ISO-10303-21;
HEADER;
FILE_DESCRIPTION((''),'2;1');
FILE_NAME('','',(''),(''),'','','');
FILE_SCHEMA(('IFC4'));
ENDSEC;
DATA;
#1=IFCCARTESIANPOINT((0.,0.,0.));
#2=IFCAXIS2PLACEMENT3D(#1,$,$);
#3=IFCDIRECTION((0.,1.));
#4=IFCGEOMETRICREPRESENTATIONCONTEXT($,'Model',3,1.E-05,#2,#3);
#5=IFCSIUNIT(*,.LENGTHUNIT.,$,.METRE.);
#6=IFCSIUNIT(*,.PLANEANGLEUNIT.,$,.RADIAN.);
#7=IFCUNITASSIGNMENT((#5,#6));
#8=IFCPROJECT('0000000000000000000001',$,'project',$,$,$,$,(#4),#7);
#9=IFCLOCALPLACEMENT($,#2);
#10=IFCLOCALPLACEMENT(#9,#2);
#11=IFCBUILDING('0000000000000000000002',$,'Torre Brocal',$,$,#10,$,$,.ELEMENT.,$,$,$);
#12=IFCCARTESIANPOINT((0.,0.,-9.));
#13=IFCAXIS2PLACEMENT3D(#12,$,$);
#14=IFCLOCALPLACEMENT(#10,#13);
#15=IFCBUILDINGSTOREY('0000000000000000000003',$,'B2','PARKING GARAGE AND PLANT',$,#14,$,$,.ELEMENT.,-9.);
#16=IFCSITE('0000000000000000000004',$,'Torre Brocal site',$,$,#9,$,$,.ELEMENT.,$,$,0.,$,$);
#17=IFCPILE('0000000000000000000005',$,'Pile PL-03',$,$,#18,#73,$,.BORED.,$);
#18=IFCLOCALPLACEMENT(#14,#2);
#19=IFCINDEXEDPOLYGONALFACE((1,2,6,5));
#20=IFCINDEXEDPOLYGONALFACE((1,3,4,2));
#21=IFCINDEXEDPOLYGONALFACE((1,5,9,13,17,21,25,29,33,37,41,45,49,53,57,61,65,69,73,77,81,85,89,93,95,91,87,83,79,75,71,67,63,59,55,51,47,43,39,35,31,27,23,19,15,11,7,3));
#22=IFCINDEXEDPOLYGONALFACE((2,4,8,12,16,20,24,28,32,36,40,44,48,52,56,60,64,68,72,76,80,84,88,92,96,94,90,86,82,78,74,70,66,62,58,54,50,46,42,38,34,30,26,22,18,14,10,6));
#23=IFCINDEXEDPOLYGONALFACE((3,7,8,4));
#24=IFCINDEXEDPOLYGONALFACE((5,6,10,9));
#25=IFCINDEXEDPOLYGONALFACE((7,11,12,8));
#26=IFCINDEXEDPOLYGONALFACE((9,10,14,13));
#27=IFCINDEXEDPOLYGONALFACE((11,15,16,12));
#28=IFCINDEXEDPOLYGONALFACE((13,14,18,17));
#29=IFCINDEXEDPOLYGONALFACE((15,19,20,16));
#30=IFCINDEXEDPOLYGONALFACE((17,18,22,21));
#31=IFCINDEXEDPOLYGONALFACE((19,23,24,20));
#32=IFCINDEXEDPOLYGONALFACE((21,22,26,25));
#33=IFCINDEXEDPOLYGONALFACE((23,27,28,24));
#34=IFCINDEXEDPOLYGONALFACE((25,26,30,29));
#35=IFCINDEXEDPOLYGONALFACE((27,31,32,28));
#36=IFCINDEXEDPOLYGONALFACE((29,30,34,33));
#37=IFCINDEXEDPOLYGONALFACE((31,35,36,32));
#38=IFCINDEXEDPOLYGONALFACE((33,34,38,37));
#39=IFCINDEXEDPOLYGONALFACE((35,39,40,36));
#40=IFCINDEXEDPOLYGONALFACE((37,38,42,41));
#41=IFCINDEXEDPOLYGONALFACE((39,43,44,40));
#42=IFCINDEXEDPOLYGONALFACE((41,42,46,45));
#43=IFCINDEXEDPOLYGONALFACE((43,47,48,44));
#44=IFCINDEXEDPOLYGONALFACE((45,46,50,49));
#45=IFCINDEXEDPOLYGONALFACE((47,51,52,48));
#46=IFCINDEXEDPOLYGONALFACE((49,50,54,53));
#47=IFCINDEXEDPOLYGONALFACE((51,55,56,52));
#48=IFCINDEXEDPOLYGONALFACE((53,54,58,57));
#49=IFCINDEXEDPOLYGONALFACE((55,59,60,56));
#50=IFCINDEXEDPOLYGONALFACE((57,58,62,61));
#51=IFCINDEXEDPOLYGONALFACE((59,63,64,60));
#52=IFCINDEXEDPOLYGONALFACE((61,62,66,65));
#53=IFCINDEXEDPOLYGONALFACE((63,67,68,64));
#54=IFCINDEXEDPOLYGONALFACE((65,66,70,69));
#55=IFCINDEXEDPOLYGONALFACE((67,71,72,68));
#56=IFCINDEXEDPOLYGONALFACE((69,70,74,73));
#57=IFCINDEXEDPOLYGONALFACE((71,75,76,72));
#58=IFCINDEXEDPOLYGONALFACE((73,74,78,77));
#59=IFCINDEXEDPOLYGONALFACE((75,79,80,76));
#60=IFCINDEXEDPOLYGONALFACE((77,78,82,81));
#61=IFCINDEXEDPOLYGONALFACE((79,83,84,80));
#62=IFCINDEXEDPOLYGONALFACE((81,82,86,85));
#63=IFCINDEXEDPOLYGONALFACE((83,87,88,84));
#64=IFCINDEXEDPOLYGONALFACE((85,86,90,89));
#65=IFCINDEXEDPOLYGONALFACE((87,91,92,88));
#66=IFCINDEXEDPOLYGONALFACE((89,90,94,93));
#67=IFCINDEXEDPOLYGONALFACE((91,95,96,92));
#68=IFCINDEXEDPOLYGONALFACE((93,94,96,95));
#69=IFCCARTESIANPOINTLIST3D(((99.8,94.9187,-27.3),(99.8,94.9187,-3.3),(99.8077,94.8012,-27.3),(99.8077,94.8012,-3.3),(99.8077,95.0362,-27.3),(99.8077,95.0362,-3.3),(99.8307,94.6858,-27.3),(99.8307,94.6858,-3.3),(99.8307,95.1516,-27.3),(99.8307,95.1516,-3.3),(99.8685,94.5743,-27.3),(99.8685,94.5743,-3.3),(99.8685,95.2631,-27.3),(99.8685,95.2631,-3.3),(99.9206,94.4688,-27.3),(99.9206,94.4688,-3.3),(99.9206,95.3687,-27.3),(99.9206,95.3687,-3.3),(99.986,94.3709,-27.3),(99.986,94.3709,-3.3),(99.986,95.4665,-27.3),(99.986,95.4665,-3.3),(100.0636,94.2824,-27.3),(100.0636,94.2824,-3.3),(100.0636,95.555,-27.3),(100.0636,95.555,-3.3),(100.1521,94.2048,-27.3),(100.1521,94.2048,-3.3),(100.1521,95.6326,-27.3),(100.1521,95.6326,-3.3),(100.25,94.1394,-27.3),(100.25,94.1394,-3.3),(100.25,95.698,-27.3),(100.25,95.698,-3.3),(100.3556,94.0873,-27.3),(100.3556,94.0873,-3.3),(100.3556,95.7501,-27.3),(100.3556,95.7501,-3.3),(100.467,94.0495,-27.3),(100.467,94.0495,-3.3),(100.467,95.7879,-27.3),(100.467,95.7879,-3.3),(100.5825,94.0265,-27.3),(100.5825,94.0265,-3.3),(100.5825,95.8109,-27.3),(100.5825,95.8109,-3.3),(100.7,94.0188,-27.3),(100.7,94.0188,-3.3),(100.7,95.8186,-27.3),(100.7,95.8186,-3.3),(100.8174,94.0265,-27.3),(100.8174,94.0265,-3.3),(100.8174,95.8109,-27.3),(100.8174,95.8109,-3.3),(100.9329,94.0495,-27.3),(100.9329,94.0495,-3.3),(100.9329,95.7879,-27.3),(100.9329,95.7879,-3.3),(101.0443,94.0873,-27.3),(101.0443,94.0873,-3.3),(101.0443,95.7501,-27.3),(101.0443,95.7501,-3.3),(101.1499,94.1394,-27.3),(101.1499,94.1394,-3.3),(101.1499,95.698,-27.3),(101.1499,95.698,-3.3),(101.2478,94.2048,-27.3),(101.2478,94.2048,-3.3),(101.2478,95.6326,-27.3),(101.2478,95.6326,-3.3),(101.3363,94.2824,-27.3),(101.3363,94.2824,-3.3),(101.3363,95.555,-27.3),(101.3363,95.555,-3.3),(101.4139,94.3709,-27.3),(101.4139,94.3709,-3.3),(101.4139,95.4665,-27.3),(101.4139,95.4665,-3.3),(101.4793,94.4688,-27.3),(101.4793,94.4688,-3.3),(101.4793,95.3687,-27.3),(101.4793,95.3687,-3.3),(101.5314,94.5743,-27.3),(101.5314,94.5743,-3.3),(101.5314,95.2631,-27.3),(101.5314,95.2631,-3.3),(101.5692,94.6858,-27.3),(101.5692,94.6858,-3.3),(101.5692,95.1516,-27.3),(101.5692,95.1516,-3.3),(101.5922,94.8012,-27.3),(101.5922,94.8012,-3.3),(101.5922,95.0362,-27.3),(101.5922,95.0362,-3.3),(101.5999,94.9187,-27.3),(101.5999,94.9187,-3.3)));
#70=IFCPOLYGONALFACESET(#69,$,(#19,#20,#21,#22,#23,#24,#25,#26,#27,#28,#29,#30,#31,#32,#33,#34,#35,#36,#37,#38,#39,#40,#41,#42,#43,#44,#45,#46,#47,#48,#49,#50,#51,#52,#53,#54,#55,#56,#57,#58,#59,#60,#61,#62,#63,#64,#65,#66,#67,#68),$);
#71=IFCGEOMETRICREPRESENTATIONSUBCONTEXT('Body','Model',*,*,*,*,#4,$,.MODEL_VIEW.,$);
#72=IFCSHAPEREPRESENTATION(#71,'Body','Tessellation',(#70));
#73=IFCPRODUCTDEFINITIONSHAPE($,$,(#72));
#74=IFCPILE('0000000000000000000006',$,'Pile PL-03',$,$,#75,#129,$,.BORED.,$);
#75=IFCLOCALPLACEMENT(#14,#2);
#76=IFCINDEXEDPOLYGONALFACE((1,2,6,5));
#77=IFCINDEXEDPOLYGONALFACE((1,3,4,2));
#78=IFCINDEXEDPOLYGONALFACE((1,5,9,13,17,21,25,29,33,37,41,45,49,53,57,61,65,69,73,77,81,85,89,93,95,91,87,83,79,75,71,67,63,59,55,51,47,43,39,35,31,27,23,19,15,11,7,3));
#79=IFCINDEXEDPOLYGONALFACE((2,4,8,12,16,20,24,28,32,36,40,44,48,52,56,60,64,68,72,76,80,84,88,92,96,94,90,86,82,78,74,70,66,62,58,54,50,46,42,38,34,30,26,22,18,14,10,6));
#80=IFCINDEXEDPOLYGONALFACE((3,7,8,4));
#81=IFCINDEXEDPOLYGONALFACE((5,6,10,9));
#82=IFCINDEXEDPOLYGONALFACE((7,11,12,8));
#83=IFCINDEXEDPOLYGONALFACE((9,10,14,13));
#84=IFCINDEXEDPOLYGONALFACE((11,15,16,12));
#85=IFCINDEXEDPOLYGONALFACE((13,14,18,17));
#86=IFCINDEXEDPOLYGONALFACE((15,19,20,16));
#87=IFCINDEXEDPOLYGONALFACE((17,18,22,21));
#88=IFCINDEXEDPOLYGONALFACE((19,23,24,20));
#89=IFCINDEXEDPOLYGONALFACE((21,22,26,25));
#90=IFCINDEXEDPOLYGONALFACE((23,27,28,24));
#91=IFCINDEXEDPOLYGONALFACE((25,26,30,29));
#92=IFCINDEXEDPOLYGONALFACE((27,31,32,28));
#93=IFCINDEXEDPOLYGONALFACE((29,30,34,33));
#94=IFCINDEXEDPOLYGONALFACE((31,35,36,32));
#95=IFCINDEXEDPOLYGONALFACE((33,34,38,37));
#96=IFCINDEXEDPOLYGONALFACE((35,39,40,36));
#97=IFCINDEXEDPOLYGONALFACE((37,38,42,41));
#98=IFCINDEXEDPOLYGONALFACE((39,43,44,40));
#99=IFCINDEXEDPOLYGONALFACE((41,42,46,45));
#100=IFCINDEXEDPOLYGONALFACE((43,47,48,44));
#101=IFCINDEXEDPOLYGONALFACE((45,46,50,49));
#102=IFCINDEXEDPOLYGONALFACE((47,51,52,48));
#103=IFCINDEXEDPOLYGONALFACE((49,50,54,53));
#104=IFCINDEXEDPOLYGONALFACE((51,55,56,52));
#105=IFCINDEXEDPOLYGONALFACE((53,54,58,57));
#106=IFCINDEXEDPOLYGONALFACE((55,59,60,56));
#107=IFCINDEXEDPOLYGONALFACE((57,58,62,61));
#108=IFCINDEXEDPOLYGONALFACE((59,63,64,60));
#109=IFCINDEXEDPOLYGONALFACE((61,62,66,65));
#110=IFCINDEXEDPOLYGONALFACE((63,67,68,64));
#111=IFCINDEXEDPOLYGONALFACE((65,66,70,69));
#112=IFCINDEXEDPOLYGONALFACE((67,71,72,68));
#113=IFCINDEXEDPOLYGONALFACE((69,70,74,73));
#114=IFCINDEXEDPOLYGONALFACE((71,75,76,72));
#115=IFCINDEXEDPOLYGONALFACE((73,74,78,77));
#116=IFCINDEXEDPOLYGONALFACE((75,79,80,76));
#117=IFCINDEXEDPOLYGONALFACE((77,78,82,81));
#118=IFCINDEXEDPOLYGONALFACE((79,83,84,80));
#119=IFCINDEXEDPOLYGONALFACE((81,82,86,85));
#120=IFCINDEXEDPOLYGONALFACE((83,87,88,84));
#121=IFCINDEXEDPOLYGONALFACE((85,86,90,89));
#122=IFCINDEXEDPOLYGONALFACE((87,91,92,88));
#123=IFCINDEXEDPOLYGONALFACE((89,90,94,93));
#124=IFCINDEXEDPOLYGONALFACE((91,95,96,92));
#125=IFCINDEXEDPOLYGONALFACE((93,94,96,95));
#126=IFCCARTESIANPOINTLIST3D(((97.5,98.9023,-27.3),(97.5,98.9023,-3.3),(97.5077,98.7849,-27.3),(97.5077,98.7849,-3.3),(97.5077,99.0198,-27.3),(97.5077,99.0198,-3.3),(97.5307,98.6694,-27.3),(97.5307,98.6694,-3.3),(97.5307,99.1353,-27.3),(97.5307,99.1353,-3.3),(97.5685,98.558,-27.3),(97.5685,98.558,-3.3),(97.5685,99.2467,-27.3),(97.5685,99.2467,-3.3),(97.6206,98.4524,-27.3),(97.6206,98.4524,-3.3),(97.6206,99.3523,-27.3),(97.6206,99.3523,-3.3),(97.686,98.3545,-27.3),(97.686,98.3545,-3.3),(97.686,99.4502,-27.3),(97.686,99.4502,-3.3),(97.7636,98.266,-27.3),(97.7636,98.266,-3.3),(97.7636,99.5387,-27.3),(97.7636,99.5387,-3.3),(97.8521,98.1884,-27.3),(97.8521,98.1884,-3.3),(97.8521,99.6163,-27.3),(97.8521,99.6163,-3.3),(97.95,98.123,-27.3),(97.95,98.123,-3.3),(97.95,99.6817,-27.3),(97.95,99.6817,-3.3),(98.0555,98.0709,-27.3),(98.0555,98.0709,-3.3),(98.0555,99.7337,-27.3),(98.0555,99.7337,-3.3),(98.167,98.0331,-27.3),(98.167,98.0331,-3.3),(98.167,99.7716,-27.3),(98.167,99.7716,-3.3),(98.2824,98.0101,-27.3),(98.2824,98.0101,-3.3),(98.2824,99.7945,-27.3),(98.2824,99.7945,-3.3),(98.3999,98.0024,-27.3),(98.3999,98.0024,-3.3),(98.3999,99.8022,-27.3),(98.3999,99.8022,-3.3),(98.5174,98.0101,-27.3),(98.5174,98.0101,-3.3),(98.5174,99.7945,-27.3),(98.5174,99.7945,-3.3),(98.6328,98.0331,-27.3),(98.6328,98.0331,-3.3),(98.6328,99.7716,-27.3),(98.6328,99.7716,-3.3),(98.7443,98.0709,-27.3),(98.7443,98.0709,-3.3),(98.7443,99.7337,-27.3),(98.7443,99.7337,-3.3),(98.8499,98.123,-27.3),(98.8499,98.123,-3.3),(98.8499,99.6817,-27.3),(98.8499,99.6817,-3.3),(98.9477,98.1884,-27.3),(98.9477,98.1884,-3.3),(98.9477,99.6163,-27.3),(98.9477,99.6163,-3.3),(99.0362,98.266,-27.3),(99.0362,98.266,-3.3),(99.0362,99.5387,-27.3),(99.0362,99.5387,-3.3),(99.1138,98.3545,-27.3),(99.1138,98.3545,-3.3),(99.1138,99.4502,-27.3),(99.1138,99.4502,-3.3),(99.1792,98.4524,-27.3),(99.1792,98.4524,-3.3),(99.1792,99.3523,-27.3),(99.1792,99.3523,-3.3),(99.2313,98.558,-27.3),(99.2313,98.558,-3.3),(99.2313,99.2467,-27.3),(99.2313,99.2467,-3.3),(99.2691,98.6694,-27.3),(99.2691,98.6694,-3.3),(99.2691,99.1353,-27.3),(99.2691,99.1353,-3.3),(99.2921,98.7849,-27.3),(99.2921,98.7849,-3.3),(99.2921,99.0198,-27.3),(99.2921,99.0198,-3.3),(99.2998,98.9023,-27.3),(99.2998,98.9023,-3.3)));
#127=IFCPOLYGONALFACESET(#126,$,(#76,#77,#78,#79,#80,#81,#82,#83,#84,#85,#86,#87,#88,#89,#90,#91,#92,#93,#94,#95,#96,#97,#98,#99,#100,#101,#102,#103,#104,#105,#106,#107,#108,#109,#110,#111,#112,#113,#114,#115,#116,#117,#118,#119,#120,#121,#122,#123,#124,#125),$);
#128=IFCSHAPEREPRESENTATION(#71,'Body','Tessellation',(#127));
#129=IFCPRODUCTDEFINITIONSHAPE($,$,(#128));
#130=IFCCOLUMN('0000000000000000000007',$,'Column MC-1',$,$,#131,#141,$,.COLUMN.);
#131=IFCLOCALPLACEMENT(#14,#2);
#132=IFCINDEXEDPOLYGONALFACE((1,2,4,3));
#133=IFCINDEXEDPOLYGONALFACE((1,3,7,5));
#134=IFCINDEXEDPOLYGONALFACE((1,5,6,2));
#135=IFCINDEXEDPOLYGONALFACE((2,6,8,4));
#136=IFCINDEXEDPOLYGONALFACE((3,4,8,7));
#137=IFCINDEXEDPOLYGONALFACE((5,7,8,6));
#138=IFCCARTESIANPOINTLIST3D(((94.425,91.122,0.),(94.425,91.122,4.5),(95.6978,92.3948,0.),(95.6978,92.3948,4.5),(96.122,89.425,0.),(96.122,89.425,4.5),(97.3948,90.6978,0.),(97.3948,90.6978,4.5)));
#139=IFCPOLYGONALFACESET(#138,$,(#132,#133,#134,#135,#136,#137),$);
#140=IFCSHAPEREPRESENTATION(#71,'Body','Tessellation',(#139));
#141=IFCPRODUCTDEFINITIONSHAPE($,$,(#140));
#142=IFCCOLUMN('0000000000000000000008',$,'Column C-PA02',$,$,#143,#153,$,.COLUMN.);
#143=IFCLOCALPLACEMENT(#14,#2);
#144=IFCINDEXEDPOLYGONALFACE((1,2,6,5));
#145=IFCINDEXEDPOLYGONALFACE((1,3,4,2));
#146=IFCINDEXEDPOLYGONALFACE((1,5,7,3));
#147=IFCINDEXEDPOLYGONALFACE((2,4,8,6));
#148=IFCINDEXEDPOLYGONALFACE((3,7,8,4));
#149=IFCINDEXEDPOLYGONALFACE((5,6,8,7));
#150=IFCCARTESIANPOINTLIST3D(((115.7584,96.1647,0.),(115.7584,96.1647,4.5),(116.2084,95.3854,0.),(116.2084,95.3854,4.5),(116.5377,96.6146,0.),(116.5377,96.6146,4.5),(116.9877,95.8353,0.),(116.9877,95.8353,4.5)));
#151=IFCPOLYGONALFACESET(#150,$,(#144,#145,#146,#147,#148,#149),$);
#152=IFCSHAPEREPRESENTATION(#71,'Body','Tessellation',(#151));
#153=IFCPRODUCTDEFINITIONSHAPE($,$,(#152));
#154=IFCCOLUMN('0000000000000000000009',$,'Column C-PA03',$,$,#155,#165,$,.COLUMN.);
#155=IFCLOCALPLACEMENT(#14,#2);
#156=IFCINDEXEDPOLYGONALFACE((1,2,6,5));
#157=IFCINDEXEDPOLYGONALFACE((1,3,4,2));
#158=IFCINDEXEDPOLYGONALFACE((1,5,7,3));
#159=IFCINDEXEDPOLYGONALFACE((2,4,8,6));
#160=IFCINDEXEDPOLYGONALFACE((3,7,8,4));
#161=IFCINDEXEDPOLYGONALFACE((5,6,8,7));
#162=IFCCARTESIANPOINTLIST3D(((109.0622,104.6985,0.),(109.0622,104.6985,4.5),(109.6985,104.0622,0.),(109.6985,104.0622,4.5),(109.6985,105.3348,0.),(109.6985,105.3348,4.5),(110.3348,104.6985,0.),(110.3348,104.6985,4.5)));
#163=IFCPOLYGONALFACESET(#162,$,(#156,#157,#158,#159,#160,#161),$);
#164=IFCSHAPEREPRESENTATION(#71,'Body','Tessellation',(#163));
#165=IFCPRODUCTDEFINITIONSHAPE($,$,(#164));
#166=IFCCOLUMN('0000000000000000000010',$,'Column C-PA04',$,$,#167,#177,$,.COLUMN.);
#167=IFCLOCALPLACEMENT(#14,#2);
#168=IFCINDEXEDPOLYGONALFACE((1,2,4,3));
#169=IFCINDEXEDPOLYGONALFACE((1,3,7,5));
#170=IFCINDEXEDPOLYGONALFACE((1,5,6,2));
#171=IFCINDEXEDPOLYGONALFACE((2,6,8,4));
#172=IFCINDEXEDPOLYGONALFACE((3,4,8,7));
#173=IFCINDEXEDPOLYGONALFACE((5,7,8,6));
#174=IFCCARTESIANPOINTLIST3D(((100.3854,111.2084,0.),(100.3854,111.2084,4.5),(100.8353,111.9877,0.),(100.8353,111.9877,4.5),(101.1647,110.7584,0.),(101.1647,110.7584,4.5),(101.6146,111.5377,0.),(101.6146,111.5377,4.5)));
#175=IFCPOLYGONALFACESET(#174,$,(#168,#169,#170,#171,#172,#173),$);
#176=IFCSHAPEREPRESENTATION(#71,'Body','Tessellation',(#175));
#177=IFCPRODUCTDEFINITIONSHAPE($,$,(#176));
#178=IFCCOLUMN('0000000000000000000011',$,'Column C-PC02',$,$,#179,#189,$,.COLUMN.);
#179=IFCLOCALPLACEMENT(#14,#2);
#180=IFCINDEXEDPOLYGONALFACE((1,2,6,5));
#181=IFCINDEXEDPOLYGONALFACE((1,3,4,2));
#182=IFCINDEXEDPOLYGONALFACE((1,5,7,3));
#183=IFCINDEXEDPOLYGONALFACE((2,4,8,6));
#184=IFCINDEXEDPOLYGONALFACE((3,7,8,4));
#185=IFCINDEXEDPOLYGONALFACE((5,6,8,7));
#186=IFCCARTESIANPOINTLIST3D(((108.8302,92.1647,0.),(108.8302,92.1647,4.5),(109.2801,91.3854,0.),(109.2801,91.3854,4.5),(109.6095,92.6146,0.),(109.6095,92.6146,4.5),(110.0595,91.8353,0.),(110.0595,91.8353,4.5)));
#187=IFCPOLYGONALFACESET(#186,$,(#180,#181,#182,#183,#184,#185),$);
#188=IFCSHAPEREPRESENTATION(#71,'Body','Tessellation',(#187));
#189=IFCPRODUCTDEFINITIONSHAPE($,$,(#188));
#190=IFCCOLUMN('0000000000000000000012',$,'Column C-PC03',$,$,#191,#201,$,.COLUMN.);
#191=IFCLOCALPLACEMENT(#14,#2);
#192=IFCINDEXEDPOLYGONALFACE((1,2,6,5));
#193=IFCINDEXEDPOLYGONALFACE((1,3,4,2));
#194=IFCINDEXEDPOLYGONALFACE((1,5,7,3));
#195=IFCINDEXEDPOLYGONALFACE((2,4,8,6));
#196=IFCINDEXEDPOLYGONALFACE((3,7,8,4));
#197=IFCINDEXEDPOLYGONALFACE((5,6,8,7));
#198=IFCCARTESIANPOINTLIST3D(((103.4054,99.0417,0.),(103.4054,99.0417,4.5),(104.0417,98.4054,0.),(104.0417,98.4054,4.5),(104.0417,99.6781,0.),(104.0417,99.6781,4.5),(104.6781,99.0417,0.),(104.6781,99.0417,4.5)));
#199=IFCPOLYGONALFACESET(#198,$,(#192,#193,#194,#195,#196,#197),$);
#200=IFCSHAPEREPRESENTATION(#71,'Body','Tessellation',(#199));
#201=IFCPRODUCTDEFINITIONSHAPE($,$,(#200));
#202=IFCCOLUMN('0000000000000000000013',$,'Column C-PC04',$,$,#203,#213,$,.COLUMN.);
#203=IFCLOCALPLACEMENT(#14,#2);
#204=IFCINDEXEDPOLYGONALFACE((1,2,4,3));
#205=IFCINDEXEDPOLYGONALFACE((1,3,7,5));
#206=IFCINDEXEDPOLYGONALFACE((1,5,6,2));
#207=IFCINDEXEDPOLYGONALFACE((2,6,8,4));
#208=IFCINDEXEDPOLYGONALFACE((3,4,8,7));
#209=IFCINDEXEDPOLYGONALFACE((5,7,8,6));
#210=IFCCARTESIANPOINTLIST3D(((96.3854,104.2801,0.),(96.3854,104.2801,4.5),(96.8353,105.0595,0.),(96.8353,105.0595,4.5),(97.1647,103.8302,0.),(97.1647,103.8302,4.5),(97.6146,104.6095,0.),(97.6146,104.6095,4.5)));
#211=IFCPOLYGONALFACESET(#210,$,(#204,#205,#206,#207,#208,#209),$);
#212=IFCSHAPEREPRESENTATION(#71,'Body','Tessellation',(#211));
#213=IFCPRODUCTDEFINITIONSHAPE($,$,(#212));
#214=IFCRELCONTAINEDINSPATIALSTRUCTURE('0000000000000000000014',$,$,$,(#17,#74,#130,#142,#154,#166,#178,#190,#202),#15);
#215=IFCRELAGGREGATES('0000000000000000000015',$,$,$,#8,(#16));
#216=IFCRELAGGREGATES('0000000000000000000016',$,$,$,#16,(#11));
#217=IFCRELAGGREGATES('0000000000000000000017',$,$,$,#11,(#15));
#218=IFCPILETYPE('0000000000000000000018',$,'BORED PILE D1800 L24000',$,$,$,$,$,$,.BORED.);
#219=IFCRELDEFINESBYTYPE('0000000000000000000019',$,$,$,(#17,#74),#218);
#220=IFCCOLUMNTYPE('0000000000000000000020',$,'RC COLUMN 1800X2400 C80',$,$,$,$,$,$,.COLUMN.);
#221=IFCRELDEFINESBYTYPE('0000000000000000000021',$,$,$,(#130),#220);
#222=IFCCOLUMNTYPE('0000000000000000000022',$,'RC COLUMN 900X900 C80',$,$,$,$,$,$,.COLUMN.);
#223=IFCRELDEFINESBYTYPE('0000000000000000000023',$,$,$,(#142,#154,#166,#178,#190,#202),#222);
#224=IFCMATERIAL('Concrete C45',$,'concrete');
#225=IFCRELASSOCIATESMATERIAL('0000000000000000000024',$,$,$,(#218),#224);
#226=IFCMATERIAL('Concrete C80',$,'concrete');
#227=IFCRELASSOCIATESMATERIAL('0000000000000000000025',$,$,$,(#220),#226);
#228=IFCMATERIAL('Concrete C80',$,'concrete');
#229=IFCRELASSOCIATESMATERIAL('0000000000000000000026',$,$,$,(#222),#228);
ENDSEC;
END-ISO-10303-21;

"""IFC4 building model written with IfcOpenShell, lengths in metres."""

from ifc_helpers import new_model, si_unit, direction, frame, origin, origin_2d, place, context, subcontext, project, spatial, rectangle, circle, extrude, material, material_profile, profile_set, type_object, element, save


model = new_model("IFC4")

# Units and contexts
model_context = context("Model", 3, precision=1e-05, world=origin(), true_north=direction((0.0, 1.0)))
body_context = subcontext(model_context, "Body", "Model", "MODEL_VIEW")
ifc_project = project(units=[si_unit("LENGTHUNIT", "METRE"), si_unit("PLANEANGLEUNIT", "RADIAN")], contexts=[model_context])

# Site, building, storey
site_placement = place(None, origin())
site = spatial("IfcSite", under=ifc_project, at=site_placement, Name="Torre Brocal site", CompositionType="ELEMENT", RefElevation=0.0)
building_placement = place(site_placement, origin())
building = spatial("IfcBuilding", under=site, at=building_placement, Name="Torre Brocal", CompositionType="ELEMENT")
storey_placement = place(building_placement, frame((0.0, 0.0, -9.0)))
storey = spatial("IfcBuildingStorey", under=building, at=storey_placement, Name="B2", Description="PARKING GARAGE AND PLANT", CompositionType="ELEMENT", Elevation=-9.0)

# Piles
ifc_material_1 = material(Name="Concrete C45", Category="concrete")
ifc_material_profile_1 = material_profile(ifc_material_1, circle(Radius=0.8999, at=origin_2d()), Name="BORED PILE D1800")
ifc_profile_set_1 = profile_set([ifc_material_profile_1], Name="Concrete C45")
pile_type_1 = type_object("IfcPileType", Name="BORED PILE D1800 L24000", PredefinedType="BORED", material=ifc_profile_set_1)
for number, where, z_axis, x_axis, name in (
    (1, (100.7, 94.9187, -3.3), (0.0, 0.0, -1.0), (1.0, 0.0, 0.0), "Pile PL-03"),
    (2, (98.3999, 98.9023, -3.3), (0.0, 0.0, -1.0), (1.0, 0.0, 0.0), "Pile PL-03"),
):
    element("IfcPile", number, at=place(storey_placement, frame(where, z_axis=z_axis, x_axis=x_axis)), inside=storey, type_object=pile_type_1, Name=name, PredefinedType="BORED", context=body_context, shape_type="SweptSolid", body=[
        extrude(circle(Radius=0.8999, at=origin_2d()), origin(), (0.0, 0.0, 1.0), 24.0),
    ])

# Columns
ifc_material_2 = material(Name="Concrete C80", Category="concrete")
ifc_material_profile_2 = material_profile(ifc_material_2, rectangle(XDim=1.8, YDim=2.3999, at=origin_2d()), Name="RC 1800X2400")
ifc_profile_set_2 = profile_set([ifc_material_profile_2], Name="Concrete C80")
column_type_1 = type_object("IfcColumnType", Name="RC COLUMN 1800X2400 C80", PredefinedType="COLUMN", material=ifc_profile_set_2)
column_placement = place(storey_placement, frame((95.9099, 90.9099, 0.0), z_axis=(0.0, 0.0, 1.0), x_axis=(0.707107, 0.707107, 0.0)))
element("IfcColumn", 3, at=column_placement, inside=storey, type_object=column_type_1, Name="Column MC-1", PredefinedType="COLUMN", context=body_context, shape_type="SweptSolid", body=[
    extrude(rectangle(XDim=1.8, YDim=2.3999, at=origin_2d()), origin(), (0.0, 0.0, 1.0), 4.5),
])
ifc_material_3 = material(Name="Concrete C80", Category="concrete")
ifc_material_profile_3 = material_profile(ifc_material_3, rectangle(XDim=0.8999, YDim=0.8999, at=origin_2d()), Name="RC 900X900")
ifc_profile_set_3 = profile_set([ifc_material_profile_3], Name="Concrete C80")
column_type_2 = type_object("IfcColumnType", Name="RC COLUMN 900X900 C80", PredefinedType="COLUMN", material=ifc_profile_set_3)
for number, where, z_axis, x_axis, name in (
    (4, (116.373, 96.0, 0.0), (0.0, 0.0, 1.0), (0.866025, 0.5, 0.0), "Column C-PA02"),
    (5, (109.6985, 104.6985, 0.0), (0.0, 0.0, 1.0), (0.707107, 0.707107, 0.0), "Column C-PA03"),
    (6, (101.0, 111.373, 0.0), (0.0, 0.0, 1.0), (0.5, 0.866025, 0.0), "Column C-PA04"),
    (7, (109.4448, 92.0, 0.0), (0.0, 0.0, 1.0), (0.866025, 0.5, 0.0), "Column C-PC02"),
    (8, (104.0417, 99.0417, 0.0), (0.0, 0.0, 1.0), (0.707107, 0.707107, 0.0), "Column C-PC03"),
    (9, (97.0, 104.4448, 0.0), (0.0, 0.0, 1.0), (0.5, 0.866025, 0.0), "Column C-PC04"),
):
    element("IfcColumn", number, at=place(storey_placement, frame(where, z_axis=z_axis, x_axis=x_axis)), inside=storey, type_object=column_type_2, Name=name, PredefinedType="COLUMN", context=body_context, shape_type="SweptSolid", body=[
        extrude(rectangle(XDim=0.8999, YDim=0.8999, at=origin_2d()), origin(), (0.0, 0.0, 1.0), 4.5),
    ])

save(model, "model.ifc")
